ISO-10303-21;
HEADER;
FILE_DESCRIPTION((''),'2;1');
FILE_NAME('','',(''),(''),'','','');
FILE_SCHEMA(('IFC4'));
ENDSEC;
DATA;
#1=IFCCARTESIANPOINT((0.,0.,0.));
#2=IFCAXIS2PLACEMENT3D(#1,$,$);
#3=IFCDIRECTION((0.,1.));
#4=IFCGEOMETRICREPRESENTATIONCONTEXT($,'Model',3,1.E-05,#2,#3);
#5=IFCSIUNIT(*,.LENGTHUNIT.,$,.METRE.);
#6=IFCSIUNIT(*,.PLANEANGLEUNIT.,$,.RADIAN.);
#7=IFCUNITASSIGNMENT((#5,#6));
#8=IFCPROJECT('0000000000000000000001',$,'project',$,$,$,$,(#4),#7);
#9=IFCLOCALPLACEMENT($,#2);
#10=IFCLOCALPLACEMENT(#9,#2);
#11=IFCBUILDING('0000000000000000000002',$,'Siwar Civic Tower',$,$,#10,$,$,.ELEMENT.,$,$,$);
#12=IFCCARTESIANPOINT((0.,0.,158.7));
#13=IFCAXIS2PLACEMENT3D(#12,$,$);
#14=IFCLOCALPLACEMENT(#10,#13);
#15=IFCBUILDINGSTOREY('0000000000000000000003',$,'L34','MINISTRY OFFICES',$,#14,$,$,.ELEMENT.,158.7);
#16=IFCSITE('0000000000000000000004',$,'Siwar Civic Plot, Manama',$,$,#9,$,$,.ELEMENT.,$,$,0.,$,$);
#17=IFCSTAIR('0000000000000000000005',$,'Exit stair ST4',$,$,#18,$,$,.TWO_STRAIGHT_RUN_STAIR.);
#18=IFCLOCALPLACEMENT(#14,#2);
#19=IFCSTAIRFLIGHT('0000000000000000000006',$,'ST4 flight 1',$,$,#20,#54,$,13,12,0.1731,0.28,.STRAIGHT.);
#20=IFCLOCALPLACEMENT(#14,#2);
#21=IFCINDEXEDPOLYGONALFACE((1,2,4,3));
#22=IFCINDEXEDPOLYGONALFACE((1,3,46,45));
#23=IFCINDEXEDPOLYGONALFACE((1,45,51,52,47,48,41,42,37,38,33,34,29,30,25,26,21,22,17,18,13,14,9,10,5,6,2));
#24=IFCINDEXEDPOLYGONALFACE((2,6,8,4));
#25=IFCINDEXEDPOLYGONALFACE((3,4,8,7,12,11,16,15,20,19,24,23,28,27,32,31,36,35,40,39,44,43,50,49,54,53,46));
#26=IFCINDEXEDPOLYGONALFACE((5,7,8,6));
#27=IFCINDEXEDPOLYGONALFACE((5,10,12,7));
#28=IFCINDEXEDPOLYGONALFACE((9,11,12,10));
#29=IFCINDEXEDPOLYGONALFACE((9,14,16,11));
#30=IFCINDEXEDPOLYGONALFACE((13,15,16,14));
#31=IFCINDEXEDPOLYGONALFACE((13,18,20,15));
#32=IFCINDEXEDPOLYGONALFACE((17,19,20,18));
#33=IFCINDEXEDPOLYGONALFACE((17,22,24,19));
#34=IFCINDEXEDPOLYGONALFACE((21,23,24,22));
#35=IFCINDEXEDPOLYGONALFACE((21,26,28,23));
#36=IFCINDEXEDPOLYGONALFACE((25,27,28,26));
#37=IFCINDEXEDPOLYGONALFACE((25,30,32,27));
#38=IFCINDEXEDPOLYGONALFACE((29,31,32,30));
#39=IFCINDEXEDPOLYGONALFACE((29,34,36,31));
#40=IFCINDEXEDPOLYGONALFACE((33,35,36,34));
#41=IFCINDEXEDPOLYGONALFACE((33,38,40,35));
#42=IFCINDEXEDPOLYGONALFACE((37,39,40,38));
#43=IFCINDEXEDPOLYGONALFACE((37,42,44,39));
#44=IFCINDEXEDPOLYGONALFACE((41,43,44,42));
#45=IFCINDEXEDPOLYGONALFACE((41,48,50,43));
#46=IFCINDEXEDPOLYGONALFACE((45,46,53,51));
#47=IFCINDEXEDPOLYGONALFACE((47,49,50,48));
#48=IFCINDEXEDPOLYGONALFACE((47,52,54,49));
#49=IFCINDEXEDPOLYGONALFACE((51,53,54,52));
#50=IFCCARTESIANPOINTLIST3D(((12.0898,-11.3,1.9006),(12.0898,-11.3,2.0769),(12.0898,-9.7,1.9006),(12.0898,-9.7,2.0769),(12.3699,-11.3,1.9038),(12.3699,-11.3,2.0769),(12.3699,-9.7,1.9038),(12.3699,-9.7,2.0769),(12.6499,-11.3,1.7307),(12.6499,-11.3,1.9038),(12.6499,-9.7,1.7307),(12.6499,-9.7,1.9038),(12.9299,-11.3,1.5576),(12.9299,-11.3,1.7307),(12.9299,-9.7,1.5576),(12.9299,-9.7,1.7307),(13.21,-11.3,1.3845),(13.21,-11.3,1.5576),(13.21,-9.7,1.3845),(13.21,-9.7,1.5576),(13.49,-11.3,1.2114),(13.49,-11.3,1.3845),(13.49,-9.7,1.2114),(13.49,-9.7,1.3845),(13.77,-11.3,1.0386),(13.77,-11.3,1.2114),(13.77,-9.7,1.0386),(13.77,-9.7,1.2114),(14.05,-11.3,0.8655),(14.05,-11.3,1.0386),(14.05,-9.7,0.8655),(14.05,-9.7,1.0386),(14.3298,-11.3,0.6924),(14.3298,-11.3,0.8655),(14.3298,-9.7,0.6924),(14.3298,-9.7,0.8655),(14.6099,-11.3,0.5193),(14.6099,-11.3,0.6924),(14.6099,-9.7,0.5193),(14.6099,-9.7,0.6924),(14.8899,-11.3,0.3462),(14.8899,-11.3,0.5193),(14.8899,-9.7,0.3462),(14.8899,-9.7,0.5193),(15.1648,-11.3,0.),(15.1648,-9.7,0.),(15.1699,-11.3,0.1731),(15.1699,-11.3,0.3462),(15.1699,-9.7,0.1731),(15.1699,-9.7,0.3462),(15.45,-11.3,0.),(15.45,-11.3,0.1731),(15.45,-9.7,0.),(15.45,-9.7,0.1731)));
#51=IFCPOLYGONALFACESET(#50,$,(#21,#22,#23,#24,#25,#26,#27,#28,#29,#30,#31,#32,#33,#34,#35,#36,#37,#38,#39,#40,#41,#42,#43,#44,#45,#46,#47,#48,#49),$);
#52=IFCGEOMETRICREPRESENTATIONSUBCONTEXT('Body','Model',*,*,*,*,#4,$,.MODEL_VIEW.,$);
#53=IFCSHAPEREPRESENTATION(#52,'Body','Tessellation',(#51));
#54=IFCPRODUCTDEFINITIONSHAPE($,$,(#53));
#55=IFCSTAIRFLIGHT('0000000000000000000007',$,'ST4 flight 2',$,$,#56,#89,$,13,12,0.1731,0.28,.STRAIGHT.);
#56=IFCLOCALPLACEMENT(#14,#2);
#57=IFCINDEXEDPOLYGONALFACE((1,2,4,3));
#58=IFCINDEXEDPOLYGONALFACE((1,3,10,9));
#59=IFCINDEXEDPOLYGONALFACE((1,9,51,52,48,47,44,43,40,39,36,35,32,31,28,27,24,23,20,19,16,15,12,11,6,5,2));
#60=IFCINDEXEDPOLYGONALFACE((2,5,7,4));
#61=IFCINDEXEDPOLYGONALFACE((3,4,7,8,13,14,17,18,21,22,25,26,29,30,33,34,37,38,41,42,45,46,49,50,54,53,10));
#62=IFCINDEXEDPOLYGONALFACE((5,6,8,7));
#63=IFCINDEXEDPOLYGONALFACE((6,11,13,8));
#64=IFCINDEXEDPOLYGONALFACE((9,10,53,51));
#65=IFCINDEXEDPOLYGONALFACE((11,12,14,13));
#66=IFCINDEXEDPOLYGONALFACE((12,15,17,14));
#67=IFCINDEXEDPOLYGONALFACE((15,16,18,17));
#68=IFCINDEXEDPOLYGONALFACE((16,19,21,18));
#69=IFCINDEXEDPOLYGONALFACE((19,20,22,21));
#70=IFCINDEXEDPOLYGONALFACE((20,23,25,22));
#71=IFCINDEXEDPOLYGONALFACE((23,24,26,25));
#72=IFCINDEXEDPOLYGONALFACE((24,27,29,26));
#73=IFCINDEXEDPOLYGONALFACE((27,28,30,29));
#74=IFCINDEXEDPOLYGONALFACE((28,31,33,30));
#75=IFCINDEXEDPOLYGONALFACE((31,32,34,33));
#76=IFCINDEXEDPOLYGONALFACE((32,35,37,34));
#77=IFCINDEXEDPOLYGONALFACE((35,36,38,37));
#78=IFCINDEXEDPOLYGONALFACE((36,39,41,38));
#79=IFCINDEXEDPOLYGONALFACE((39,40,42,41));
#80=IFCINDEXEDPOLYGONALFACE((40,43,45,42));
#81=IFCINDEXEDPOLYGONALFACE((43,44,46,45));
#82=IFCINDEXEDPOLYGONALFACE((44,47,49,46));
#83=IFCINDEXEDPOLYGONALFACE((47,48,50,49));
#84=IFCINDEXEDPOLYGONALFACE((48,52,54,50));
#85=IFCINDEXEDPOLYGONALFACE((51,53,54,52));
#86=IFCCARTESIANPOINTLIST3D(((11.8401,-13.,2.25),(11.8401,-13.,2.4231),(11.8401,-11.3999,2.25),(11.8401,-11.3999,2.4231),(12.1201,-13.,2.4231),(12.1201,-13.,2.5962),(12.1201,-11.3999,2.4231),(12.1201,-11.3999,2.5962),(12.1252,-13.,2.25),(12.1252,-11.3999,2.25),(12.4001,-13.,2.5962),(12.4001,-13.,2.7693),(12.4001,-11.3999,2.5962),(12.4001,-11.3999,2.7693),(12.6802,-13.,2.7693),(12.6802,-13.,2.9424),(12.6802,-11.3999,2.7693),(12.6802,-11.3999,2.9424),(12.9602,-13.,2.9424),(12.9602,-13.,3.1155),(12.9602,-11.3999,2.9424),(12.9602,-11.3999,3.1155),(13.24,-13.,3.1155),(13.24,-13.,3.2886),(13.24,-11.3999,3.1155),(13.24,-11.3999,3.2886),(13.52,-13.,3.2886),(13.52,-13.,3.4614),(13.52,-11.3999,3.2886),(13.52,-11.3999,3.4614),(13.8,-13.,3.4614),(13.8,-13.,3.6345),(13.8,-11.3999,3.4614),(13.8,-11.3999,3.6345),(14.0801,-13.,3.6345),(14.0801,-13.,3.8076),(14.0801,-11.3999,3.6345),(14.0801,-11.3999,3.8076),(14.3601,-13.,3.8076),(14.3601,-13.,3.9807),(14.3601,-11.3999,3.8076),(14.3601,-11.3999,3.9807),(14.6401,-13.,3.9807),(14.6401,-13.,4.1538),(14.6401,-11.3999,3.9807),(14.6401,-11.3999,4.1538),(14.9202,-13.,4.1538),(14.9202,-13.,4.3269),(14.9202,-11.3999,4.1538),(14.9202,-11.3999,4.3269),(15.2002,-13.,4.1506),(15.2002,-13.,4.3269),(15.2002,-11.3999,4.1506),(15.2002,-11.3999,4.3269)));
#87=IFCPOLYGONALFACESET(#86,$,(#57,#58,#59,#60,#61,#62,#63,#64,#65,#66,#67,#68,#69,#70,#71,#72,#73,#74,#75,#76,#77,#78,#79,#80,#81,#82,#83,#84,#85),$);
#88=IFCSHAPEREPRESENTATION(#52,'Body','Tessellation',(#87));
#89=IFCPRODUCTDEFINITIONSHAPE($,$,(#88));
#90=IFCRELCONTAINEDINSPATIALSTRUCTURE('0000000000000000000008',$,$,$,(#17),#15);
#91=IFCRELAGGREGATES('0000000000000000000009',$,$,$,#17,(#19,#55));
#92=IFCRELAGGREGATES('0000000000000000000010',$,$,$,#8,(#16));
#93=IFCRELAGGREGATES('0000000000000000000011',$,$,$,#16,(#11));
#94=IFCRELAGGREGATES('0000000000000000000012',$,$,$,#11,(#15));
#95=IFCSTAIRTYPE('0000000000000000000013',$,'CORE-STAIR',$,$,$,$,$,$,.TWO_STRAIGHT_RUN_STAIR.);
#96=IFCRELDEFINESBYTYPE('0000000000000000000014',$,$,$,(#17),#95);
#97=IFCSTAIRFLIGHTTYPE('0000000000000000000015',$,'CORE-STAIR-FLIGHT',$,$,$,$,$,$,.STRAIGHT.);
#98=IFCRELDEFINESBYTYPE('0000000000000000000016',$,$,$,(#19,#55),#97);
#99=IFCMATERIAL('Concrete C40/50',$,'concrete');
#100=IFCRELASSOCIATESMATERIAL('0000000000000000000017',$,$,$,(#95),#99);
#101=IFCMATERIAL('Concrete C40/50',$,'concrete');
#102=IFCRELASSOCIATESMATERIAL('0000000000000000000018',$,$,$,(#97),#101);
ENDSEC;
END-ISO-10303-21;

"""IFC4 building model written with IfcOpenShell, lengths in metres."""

from ifc_helpers import new_model, si_unit, direction, frame, origin, place, context, subcontext, project, spatial, polyline, outline, extrude, material, type_object, element, aggregate, save


model = new_model("IFC4")

# Units and contexts
model_context = context("Model", 3, precision=1e-05, world=origin(), true_north=direction((0.0, 1.0)))
body_context = subcontext(model_context, "Body", "Model", "MODEL_VIEW")
ifc_project = project(units=[si_unit("LENGTHUNIT", "METRE"), si_unit("PLANEANGLEUNIT", "RADIAN")], contexts=[model_context])

# Site, building, storey
site_placement = place(None, origin())
site = spatial("IfcSite", under=ifc_project, at=site_placement, Name="Siwar Civic Plot, Manama", CompositionType="ELEMENT", RefElevation=0.0)
building_placement = place(site_placement, origin())
building = spatial("IfcBuilding", under=site, at=building_placement, Name="Siwar Civic Tower", CompositionType="ELEMENT")
storey_placement = place(building_placement, frame((0.0, 0.0, 158.7)))
storey = spatial("IfcBuildingStorey", under=building, at=storey_placement, Name="L34", Description="MINISTRY OFFICES", CompositionType="ELEMENT", Elevation=158.7)

# Stair, stair flights
ifc_material_1 = material(Name="Concrete C40/50", Category="concrete")
stair_type = type_object("IfcStairType", Name="CORE-STAIR", PredefinedType="TWO_STRAIGHT_RUN_STAIR", material=ifc_material_1)
stair_placement = place(storey_placement, origin())
stair = element("IfcStair", 1, at=stair_placement, inside=storey, type_object=stair_type, Name="Exit stair ST4", PredefinedType="TWO_STRAIGHT_RUN_STAIR")
ifc_material_2 = material(Name="Concrete C40/50", Category="concrete")
stair_flight_type = type_object("IfcStairFlightType", Name="CORE-STAIR-FLIGHT", PredefinedType="STRAIGHT", material=ifc_material_2)
stair_flight_1_placement = place(storey_placement, frame((15.45, -10.5, 0.0), z_axis=(0.0, 0.0, 1.0), x_axis=(-1.0, 0.0, 0.0)))
stair_flight_1 = element("IfcStairFlight", 2, at=stair_flight_1_placement, type_object=stair_flight_type, Name="ST4 flight 1", NumberOfRisers=13, NumberOfTreads=12, PredefinedType="STRAIGHT", RiserHeight=0.1731, TreadLength=0.28, context=body_context, shape_type="SweptSolid", body=[
    extrude(outline(polyline([(0.0, 0.0), (0.0, 0.1731), (0.28, 0.1731), (0.28, 0.3462), (0.5601, 0.3462), (0.5601, 0.5193), (0.8401, 0.5193), (0.8401, 0.6924), (1.1201, 0.6924), (1.1201, 0.8655), (1.3999, 0.8655), (1.3999, 1.0386), (1.6799, 1.0386), (1.6799, 1.2114), (1.96, 1.2114), (1.96, 1.3845), (2.24, 1.3845), (2.24, 1.5576), (2.52, 1.5576), (2.52, 1.7307), (2.8, 1.7307), (2.8, 1.9038), (3.0801, 1.9038), (3.0801, 2.0769), (3.3601, 2.0769), (3.3601, 2.25), (3.3601, 1.9006), (0.2852, 0.0), (0.0, 0.0)])), frame((0.0, 0.8, 0.0), z_axis=(0.0, -1.0, 0.0), x_axis=(1.0, 0.0, 0.0)), (0.0, 0.0, 1.0), 1.6001),
])
stair_flight_2_placement = place(storey_placement, frame((11.8401, -12.2, 2.25), z_axis=(0.0, 0.0, 1.0), x_axis=(1.0, 0.0, 0.0)))
stair_flight_2 = element("IfcStairFlight", 3, at=stair_flight_2_placement, type_object=stair_flight_type, Name="ST4 flight 2", NumberOfRisers=13, NumberOfTreads=12, PredefinedType="STRAIGHT", RiserHeight=0.1731, TreadLength=0.28, context=body_context, shape_type="SweptSolid", body=[
    extrude(outline(polyline([(0.0, 0.0), (0.0, 0.1731), (0.28, 0.1731), (0.28, 0.3462), (0.5601, 0.3462), (0.5601, 0.5193), (0.8401, 0.5193), (0.8401, 0.6924), (1.1201, 0.6924), (1.1201, 0.8655), (1.3999, 0.8655), (1.3999, 1.0386), (1.6799, 1.0386), (1.6799, 1.2114), (1.96, 1.2114), (1.96, 1.3845), (2.24, 1.3845), (2.24, 1.5576), (2.52, 1.5576), (2.52, 1.7307), (2.8, 1.7307), (2.8, 1.9038), (3.0801, 1.9038), (3.0801, 2.0769), (3.3601, 2.0769), (3.3601, 2.25), (3.3601, 1.9006), (0.2852, 0.0), (0.0, 0.0)])), frame((0.0, 0.8, 0.0), z_axis=(0.0, -1.0, 0.0), x_axis=(1.0, 0.0, 0.0)), (0.0, 0.0, 1.0), 1.6001),
])
aggregate(stair, [stair_flight_1, stair_flight_2])

save(model, "model.ifc")
